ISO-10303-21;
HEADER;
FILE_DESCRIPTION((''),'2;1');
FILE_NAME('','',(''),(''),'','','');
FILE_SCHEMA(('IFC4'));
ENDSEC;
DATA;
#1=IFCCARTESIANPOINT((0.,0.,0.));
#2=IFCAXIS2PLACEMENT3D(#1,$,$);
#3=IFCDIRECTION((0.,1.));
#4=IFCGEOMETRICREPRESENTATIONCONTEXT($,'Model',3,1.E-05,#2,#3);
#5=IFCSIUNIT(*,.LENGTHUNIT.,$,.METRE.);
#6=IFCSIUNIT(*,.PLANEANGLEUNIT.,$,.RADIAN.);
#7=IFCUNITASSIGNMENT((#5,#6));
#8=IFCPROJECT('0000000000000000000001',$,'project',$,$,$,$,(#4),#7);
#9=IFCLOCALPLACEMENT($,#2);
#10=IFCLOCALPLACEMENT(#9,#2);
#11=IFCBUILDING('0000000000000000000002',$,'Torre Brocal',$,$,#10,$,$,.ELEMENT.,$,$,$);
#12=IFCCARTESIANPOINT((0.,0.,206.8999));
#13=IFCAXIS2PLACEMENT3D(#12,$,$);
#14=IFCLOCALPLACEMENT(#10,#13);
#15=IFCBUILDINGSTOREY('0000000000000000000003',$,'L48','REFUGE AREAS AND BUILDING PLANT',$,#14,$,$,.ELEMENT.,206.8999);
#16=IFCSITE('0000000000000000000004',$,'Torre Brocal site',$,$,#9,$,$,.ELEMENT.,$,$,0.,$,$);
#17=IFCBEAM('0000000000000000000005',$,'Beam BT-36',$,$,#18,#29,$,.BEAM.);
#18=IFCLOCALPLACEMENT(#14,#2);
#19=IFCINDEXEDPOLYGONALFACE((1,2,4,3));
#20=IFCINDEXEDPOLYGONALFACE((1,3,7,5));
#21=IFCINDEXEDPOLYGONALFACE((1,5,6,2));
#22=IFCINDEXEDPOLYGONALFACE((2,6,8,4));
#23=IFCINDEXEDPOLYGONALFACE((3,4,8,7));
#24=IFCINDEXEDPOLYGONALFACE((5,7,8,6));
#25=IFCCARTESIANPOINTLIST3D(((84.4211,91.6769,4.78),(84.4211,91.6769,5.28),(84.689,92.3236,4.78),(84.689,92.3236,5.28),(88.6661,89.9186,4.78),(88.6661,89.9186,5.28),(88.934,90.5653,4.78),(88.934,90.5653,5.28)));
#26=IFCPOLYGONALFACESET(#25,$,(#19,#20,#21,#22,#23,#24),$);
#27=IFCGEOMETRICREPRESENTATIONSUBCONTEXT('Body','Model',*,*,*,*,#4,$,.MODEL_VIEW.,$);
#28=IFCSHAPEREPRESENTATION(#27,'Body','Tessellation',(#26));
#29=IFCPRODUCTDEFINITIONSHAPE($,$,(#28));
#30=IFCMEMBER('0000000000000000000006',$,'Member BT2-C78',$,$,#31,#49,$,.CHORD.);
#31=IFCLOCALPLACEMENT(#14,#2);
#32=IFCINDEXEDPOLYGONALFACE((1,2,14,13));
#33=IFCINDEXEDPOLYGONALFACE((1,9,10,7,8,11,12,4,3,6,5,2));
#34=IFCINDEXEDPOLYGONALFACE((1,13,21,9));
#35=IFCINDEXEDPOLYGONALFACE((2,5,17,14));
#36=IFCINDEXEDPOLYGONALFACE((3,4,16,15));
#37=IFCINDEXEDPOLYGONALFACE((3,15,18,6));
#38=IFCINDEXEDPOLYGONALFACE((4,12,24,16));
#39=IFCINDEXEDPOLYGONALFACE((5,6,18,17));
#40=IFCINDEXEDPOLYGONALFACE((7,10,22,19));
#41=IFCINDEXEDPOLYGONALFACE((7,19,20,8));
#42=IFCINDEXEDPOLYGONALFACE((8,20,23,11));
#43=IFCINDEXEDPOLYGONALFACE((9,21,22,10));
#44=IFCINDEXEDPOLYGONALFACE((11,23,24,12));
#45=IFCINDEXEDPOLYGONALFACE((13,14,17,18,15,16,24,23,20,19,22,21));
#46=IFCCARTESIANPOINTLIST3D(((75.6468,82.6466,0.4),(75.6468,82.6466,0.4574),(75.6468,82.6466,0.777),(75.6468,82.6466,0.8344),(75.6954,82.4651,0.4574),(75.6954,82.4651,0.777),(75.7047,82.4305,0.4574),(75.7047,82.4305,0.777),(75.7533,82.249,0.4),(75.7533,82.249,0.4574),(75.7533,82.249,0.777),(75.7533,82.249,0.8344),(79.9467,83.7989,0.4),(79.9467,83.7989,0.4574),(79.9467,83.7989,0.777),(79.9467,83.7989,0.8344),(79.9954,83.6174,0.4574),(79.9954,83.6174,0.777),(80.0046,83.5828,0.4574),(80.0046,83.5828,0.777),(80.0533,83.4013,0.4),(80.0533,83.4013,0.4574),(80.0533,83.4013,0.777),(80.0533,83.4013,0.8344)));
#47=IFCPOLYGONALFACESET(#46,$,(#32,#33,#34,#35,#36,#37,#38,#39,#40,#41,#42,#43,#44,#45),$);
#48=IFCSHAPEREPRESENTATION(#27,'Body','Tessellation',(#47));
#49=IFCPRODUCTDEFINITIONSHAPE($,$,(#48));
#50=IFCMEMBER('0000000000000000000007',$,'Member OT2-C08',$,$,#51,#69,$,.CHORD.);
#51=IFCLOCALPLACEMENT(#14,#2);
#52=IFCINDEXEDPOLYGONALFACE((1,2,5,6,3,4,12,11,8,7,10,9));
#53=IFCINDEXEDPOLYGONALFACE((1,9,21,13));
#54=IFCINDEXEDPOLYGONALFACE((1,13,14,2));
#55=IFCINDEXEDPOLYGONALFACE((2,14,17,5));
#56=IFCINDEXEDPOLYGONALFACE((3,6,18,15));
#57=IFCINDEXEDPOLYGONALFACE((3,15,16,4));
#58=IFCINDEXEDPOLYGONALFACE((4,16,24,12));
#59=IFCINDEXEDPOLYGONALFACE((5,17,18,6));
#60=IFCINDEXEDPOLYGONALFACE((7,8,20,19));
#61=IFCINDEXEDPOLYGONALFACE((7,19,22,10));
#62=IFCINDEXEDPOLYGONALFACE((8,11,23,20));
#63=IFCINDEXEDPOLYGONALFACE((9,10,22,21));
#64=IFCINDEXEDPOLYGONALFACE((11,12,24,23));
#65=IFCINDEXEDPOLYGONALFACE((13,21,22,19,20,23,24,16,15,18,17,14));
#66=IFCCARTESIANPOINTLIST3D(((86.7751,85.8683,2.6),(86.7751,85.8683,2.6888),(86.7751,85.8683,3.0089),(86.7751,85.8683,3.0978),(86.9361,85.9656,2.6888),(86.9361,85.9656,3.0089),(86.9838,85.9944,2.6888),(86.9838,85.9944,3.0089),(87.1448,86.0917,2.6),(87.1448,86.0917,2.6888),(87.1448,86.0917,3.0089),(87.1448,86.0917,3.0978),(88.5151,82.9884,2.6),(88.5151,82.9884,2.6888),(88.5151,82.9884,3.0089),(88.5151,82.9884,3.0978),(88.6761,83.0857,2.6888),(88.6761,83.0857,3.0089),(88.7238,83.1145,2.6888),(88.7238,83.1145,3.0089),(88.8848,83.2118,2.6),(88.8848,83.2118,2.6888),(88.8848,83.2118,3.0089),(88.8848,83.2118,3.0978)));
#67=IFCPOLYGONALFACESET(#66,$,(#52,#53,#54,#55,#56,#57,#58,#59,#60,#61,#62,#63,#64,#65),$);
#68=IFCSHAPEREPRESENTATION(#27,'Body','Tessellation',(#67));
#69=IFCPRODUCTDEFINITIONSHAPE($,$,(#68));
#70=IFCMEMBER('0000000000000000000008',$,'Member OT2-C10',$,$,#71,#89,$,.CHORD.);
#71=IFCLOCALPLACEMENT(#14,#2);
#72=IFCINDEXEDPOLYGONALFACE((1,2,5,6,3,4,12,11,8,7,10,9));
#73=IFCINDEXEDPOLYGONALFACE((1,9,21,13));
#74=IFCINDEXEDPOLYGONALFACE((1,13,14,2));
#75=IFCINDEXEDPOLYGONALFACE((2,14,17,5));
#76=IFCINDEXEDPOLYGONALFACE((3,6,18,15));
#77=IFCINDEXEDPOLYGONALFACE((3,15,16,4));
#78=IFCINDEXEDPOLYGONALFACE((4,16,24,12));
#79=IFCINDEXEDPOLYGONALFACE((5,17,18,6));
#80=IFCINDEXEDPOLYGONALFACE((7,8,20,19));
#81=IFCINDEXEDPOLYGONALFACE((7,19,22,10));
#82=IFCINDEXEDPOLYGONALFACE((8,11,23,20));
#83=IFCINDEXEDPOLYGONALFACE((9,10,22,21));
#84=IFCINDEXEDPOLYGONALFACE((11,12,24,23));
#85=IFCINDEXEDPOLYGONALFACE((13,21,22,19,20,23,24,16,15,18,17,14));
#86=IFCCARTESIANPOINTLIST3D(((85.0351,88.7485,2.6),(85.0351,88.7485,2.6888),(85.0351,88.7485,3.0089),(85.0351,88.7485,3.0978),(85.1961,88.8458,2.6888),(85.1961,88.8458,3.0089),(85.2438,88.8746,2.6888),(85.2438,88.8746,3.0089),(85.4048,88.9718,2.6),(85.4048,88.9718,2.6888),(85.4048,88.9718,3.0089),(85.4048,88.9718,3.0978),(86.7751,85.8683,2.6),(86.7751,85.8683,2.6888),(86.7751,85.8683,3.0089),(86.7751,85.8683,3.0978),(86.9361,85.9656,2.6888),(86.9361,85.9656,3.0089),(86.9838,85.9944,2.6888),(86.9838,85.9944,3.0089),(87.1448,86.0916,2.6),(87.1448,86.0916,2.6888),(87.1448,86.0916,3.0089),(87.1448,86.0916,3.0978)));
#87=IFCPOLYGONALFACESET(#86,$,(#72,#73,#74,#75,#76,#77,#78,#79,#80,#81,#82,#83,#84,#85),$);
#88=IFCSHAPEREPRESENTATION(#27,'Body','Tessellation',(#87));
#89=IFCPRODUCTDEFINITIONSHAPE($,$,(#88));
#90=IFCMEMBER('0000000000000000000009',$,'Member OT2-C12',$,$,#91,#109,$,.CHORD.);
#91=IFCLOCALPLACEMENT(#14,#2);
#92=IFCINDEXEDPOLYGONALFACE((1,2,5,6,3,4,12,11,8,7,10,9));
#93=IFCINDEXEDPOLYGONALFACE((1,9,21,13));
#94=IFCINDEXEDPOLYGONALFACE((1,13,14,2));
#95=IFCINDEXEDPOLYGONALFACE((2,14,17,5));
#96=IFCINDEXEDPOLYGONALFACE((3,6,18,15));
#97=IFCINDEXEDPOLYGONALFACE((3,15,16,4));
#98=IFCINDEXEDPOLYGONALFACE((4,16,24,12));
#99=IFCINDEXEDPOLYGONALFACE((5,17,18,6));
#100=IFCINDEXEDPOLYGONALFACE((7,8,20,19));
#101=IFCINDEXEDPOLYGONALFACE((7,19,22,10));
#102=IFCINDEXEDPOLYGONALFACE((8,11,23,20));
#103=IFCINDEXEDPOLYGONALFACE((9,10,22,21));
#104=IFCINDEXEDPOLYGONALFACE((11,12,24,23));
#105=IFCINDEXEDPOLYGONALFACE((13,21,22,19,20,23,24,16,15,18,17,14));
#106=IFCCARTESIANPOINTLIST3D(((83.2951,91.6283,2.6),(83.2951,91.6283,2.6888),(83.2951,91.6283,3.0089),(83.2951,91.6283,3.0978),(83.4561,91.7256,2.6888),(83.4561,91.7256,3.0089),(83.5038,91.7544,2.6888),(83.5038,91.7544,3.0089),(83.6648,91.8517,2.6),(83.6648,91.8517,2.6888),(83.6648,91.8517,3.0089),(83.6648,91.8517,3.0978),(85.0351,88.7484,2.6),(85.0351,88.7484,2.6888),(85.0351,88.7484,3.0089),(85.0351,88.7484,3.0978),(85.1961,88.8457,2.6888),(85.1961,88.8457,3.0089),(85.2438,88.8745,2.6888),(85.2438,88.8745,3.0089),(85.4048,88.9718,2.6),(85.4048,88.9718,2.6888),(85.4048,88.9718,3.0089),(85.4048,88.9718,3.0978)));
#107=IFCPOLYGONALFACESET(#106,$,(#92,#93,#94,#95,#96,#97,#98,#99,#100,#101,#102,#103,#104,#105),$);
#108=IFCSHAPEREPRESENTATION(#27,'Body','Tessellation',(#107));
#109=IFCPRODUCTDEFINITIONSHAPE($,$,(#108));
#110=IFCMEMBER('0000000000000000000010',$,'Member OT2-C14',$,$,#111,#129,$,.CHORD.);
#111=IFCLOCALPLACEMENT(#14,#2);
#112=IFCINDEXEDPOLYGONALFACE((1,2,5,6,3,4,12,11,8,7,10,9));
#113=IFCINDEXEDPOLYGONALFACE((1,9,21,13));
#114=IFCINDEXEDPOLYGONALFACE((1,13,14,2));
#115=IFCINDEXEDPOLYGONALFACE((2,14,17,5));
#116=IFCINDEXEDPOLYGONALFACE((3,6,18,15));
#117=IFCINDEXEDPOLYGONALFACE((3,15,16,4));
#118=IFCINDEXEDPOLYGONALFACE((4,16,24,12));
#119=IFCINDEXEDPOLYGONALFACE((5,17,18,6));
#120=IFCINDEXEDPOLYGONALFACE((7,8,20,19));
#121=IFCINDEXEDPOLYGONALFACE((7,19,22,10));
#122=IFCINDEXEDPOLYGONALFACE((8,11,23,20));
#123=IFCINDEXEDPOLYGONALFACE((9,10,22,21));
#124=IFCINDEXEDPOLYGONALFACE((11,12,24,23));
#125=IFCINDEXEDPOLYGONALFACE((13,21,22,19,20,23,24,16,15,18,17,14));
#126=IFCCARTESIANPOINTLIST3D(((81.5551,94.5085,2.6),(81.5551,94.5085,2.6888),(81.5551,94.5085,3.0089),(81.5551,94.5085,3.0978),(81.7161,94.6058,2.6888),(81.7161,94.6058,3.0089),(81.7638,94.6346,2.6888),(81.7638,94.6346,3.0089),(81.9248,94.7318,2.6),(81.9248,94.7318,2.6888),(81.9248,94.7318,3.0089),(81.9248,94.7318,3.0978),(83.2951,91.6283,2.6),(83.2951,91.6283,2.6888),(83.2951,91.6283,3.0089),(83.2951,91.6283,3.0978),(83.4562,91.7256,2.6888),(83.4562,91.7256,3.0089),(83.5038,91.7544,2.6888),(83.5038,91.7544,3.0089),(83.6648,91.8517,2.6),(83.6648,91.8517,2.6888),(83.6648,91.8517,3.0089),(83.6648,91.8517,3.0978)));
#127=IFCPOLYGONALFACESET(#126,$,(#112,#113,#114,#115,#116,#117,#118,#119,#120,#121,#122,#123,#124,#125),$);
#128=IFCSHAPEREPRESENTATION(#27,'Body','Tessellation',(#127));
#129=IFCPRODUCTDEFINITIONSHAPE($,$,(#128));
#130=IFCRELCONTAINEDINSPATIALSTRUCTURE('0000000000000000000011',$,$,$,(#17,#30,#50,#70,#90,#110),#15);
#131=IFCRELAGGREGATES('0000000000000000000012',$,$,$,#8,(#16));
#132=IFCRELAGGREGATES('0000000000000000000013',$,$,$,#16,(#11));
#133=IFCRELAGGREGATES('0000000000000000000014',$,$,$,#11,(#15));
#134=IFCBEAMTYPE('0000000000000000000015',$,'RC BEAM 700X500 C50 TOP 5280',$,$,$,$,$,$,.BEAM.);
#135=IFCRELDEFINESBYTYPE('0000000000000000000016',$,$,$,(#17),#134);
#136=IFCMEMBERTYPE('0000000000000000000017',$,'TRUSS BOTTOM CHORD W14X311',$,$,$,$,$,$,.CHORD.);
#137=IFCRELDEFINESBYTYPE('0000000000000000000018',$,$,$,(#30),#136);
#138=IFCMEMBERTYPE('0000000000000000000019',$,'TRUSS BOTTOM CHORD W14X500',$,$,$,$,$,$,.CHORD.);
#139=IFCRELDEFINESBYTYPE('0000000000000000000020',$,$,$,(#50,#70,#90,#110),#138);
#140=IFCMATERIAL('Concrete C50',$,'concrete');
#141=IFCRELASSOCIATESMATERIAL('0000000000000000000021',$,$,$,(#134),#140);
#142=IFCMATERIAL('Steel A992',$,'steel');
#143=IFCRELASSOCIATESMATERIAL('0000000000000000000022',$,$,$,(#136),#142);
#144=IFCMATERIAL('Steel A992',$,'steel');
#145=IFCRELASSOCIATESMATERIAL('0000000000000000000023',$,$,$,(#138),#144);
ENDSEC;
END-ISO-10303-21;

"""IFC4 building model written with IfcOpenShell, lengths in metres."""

from ifc_helpers import new_model, si_unit, direction, frame, origin, origin_2d, place, context, subcontext, project, spatial, rectangle, i_section, extrude, material, material_profile, profile_set, type_object, element, save


model = new_model("IFC4")

# Units and contexts
model_context = context("Model", 3, precision=1e-05, world=origin(), true_north=direction((0.0, 1.0)))
body_context = subcontext(model_context, "Body", "Model", "MODEL_VIEW")
ifc_project = project(units=[si_unit("LENGTHUNIT", "METRE"), si_unit("PLANEANGLEUNIT", "RADIAN")], contexts=[model_context])

# Site, building, storey
site_placement = place(None, origin())
site = spatial("IfcSite", under=ifc_project, at=site_placement, Name="Torre Brocal site", CompositionType="ELEMENT", RefElevation=0.0)
building_placement = place(site_placement, origin())
building = spatial("IfcBuilding", under=site, at=building_placement, Name="Torre Brocal", CompositionType="ELEMENT")
storey_placement = place(building_placement, frame((0.0, 0.0, 206.8999)))
storey = spatial("IfcBuildingStorey", under=building, at=storey_placement, Name="L48", Description="REFUGE AREAS AND BUILDING PLANT", CompositionType="ELEMENT", Elevation=206.8999)

# Beam
ifc_material_1 = material(Name="Concrete C50", Category="concrete")
ifc_material_profile_1 = material_profile(ifc_material_1, rectangle(XDim=0.7, YDim=0.5, at=origin_2d()), Name="RC 700X500")
ifc_profile_set_1 = profile_set([ifc_material_profile_1], Name="Concrete C50")
beam_type_1 = type_object("IfcBeamType", Name="RC BEAM 700X500 C50 TOP 5280", PredefinedType="BEAM", material=ifc_profile_set_1)
beam_1_placement = place(storey_placement, frame((88.8, 90.2419, 5.03), z_axis=(-0.923878, 0.382687, 0.0), x_axis=(-0.382687, -0.923878, 0.0)))
element("IfcBeam", 1, at=beam_1_placement, inside=storey, type_object=beam_type_1, Name="Beam BT-36", PredefinedType="BEAM", context=body_context, shape_type="SweptSolid", body=[
    extrude(rectangle(XDim=0.7, YDim=0.5, at=origin_2d()), origin(), (0.0, 0.0, 1.0), 4.5947),
])

# Members
ifc_material_2 = material(Name="Steel A992", Category="steel")
ifc_material_profile_2 = material_profile(ifc_material_2, i_section(OverallWidth=0.4116, OverallDepth=0.4343, WebThickness=0.0359, FlangeThickness=0.0574, at=origin_2d()), Name="W14X311")
ifc_profile_set_2 = profile_set([ifc_material_profile_2], Name="Steel A992")
member_type_1 = type_object("IfcMemberType", Name="TRUSS BOTTOM CHORD W14X311", PredefinedType="CHORD", material=ifc_profile_set_2)
member_1_placement = place(storey_placement, frame((80.0, 83.6001, 0.6172), z_axis=(-0.965917, -0.25885, 0.0), x_axis=(0.25885, -0.965917, 0.0)))
element("IfcMember", 2, at=member_1_placement, inside=storey, type_object=member_type_1, Name="Member BT2-C78", PredefinedType="CHORD", context=body_context, shape_type="SweptSolid", body=[
    extrude(i_section(OverallWidth=0.4116, OverallDepth=0.4343, WebThickness=0.0359, FlangeThickness=0.0574, at=origin_2d()), origin(), (0.0, 0.0, 1.0), 4.4517),
])
ifc_material_3 = material(Name="Steel A992", Category="steel")
ifc_material_profile_3 = material_profile(ifc_material_3, i_section(OverallWidth=0.4319, OverallDepth=0.4978, WebThickness=0.0557, FlangeThickness=0.0889, at=origin_2d()), Name="W14X500")
ifc_profile_set_3 = profile_set([ifc_material_profile_3], Name="Steel A992")
member_type_2 = type_object("IfcMemberType", Name="TRUSS BOTTOM CHORD W14X500", PredefinedType="CHORD", material=ifc_profile_set_3)
member_2_placement = place(storey_placement, frame((88.7, 83.1001, 2.8489), z_axis=(-0.517129, 0.855908, 0.0), x_axis=(-0.855908, -0.517129, 0.0)))
element("IfcMember", 3, at=member_2_placement, inside=storey, type_object=member_type_2, Name="Member OT2-C08", PredefinedType="CHORD", context=body_context, shape_type="SweptSolid", body=[
    extrude(i_section(OverallWidth=0.4319, OverallDepth=0.4978, WebThickness=0.0557, FlangeThickness=0.0889, at=origin_2d()), origin(), (0.0, 0.0, 1.0), 3.3647),
])
member_3_placement = place(storey_placement, frame((86.96, 85.98, 2.8489), z_axis=(-0.517097, 0.855927, 0.0), x_axis=(-0.855927, -0.517097, 0.0)))
element("IfcMember", 4, at=member_3_placement, inside=storey, type_object=member_type_2, Name="Member OT2-C10", PredefinedType="CHORD", context=body_context, shape_type="SweptSolid", body=[
    extrude(i_section(OverallWidth=0.4319, OverallDepth=0.4978, WebThickness=0.0557, FlangeThickness=0.0889, at=origin_2d()), origin(), (0.0, 0.0, 1.0), 3.365),
])
member_4_placement = place(storey_placement, frame((85.22, 88.8601, 2.8489), z_axis=(-0.517129, 0.855908, 0.0), x_axis=(-0.855908, -0.517129, 0.0)))
element("IfcMember", 5, at=member_4_placement, inside=storey, type_object=member_type_2, Name="Member OT2-C12", PredefinedType="CHORD", context=body_context, shape_type="SweptSolid", body=[
    extrude(i_section(OverallWidth=0.4319, OverallDepth=0.4978, WebThickness=0.0557, FlangeThickness=0.0889, at=origin_2d()), origin(), (0.0, 0.0, 1.0), 3.3647),
])
member_5_placement = place(storey_placement, frame((83.48, 91.74, 2.8489), z_axis=(-0.517097, 0.855927, 0.0), x_axis=(-0.855927, -0.517097, 0.0)))
element("IfcMember", 6, at=member_5_placement, inside=storey, type_object=member_type_2, Name="Member OT2-C14", PredefinedType="CHORD", context=body_context, shape_type="SweptSolid", body=[
    extrude(i_section(OverallWidth=0.4319, OverallDepth=0.4978, WebThickness=0.0557, FlangeThickness=0.0889, at=origin_2d()), origin(), (0.0, 0.0, 1.0), 3.365),
])

save(model, "model.ifc")
